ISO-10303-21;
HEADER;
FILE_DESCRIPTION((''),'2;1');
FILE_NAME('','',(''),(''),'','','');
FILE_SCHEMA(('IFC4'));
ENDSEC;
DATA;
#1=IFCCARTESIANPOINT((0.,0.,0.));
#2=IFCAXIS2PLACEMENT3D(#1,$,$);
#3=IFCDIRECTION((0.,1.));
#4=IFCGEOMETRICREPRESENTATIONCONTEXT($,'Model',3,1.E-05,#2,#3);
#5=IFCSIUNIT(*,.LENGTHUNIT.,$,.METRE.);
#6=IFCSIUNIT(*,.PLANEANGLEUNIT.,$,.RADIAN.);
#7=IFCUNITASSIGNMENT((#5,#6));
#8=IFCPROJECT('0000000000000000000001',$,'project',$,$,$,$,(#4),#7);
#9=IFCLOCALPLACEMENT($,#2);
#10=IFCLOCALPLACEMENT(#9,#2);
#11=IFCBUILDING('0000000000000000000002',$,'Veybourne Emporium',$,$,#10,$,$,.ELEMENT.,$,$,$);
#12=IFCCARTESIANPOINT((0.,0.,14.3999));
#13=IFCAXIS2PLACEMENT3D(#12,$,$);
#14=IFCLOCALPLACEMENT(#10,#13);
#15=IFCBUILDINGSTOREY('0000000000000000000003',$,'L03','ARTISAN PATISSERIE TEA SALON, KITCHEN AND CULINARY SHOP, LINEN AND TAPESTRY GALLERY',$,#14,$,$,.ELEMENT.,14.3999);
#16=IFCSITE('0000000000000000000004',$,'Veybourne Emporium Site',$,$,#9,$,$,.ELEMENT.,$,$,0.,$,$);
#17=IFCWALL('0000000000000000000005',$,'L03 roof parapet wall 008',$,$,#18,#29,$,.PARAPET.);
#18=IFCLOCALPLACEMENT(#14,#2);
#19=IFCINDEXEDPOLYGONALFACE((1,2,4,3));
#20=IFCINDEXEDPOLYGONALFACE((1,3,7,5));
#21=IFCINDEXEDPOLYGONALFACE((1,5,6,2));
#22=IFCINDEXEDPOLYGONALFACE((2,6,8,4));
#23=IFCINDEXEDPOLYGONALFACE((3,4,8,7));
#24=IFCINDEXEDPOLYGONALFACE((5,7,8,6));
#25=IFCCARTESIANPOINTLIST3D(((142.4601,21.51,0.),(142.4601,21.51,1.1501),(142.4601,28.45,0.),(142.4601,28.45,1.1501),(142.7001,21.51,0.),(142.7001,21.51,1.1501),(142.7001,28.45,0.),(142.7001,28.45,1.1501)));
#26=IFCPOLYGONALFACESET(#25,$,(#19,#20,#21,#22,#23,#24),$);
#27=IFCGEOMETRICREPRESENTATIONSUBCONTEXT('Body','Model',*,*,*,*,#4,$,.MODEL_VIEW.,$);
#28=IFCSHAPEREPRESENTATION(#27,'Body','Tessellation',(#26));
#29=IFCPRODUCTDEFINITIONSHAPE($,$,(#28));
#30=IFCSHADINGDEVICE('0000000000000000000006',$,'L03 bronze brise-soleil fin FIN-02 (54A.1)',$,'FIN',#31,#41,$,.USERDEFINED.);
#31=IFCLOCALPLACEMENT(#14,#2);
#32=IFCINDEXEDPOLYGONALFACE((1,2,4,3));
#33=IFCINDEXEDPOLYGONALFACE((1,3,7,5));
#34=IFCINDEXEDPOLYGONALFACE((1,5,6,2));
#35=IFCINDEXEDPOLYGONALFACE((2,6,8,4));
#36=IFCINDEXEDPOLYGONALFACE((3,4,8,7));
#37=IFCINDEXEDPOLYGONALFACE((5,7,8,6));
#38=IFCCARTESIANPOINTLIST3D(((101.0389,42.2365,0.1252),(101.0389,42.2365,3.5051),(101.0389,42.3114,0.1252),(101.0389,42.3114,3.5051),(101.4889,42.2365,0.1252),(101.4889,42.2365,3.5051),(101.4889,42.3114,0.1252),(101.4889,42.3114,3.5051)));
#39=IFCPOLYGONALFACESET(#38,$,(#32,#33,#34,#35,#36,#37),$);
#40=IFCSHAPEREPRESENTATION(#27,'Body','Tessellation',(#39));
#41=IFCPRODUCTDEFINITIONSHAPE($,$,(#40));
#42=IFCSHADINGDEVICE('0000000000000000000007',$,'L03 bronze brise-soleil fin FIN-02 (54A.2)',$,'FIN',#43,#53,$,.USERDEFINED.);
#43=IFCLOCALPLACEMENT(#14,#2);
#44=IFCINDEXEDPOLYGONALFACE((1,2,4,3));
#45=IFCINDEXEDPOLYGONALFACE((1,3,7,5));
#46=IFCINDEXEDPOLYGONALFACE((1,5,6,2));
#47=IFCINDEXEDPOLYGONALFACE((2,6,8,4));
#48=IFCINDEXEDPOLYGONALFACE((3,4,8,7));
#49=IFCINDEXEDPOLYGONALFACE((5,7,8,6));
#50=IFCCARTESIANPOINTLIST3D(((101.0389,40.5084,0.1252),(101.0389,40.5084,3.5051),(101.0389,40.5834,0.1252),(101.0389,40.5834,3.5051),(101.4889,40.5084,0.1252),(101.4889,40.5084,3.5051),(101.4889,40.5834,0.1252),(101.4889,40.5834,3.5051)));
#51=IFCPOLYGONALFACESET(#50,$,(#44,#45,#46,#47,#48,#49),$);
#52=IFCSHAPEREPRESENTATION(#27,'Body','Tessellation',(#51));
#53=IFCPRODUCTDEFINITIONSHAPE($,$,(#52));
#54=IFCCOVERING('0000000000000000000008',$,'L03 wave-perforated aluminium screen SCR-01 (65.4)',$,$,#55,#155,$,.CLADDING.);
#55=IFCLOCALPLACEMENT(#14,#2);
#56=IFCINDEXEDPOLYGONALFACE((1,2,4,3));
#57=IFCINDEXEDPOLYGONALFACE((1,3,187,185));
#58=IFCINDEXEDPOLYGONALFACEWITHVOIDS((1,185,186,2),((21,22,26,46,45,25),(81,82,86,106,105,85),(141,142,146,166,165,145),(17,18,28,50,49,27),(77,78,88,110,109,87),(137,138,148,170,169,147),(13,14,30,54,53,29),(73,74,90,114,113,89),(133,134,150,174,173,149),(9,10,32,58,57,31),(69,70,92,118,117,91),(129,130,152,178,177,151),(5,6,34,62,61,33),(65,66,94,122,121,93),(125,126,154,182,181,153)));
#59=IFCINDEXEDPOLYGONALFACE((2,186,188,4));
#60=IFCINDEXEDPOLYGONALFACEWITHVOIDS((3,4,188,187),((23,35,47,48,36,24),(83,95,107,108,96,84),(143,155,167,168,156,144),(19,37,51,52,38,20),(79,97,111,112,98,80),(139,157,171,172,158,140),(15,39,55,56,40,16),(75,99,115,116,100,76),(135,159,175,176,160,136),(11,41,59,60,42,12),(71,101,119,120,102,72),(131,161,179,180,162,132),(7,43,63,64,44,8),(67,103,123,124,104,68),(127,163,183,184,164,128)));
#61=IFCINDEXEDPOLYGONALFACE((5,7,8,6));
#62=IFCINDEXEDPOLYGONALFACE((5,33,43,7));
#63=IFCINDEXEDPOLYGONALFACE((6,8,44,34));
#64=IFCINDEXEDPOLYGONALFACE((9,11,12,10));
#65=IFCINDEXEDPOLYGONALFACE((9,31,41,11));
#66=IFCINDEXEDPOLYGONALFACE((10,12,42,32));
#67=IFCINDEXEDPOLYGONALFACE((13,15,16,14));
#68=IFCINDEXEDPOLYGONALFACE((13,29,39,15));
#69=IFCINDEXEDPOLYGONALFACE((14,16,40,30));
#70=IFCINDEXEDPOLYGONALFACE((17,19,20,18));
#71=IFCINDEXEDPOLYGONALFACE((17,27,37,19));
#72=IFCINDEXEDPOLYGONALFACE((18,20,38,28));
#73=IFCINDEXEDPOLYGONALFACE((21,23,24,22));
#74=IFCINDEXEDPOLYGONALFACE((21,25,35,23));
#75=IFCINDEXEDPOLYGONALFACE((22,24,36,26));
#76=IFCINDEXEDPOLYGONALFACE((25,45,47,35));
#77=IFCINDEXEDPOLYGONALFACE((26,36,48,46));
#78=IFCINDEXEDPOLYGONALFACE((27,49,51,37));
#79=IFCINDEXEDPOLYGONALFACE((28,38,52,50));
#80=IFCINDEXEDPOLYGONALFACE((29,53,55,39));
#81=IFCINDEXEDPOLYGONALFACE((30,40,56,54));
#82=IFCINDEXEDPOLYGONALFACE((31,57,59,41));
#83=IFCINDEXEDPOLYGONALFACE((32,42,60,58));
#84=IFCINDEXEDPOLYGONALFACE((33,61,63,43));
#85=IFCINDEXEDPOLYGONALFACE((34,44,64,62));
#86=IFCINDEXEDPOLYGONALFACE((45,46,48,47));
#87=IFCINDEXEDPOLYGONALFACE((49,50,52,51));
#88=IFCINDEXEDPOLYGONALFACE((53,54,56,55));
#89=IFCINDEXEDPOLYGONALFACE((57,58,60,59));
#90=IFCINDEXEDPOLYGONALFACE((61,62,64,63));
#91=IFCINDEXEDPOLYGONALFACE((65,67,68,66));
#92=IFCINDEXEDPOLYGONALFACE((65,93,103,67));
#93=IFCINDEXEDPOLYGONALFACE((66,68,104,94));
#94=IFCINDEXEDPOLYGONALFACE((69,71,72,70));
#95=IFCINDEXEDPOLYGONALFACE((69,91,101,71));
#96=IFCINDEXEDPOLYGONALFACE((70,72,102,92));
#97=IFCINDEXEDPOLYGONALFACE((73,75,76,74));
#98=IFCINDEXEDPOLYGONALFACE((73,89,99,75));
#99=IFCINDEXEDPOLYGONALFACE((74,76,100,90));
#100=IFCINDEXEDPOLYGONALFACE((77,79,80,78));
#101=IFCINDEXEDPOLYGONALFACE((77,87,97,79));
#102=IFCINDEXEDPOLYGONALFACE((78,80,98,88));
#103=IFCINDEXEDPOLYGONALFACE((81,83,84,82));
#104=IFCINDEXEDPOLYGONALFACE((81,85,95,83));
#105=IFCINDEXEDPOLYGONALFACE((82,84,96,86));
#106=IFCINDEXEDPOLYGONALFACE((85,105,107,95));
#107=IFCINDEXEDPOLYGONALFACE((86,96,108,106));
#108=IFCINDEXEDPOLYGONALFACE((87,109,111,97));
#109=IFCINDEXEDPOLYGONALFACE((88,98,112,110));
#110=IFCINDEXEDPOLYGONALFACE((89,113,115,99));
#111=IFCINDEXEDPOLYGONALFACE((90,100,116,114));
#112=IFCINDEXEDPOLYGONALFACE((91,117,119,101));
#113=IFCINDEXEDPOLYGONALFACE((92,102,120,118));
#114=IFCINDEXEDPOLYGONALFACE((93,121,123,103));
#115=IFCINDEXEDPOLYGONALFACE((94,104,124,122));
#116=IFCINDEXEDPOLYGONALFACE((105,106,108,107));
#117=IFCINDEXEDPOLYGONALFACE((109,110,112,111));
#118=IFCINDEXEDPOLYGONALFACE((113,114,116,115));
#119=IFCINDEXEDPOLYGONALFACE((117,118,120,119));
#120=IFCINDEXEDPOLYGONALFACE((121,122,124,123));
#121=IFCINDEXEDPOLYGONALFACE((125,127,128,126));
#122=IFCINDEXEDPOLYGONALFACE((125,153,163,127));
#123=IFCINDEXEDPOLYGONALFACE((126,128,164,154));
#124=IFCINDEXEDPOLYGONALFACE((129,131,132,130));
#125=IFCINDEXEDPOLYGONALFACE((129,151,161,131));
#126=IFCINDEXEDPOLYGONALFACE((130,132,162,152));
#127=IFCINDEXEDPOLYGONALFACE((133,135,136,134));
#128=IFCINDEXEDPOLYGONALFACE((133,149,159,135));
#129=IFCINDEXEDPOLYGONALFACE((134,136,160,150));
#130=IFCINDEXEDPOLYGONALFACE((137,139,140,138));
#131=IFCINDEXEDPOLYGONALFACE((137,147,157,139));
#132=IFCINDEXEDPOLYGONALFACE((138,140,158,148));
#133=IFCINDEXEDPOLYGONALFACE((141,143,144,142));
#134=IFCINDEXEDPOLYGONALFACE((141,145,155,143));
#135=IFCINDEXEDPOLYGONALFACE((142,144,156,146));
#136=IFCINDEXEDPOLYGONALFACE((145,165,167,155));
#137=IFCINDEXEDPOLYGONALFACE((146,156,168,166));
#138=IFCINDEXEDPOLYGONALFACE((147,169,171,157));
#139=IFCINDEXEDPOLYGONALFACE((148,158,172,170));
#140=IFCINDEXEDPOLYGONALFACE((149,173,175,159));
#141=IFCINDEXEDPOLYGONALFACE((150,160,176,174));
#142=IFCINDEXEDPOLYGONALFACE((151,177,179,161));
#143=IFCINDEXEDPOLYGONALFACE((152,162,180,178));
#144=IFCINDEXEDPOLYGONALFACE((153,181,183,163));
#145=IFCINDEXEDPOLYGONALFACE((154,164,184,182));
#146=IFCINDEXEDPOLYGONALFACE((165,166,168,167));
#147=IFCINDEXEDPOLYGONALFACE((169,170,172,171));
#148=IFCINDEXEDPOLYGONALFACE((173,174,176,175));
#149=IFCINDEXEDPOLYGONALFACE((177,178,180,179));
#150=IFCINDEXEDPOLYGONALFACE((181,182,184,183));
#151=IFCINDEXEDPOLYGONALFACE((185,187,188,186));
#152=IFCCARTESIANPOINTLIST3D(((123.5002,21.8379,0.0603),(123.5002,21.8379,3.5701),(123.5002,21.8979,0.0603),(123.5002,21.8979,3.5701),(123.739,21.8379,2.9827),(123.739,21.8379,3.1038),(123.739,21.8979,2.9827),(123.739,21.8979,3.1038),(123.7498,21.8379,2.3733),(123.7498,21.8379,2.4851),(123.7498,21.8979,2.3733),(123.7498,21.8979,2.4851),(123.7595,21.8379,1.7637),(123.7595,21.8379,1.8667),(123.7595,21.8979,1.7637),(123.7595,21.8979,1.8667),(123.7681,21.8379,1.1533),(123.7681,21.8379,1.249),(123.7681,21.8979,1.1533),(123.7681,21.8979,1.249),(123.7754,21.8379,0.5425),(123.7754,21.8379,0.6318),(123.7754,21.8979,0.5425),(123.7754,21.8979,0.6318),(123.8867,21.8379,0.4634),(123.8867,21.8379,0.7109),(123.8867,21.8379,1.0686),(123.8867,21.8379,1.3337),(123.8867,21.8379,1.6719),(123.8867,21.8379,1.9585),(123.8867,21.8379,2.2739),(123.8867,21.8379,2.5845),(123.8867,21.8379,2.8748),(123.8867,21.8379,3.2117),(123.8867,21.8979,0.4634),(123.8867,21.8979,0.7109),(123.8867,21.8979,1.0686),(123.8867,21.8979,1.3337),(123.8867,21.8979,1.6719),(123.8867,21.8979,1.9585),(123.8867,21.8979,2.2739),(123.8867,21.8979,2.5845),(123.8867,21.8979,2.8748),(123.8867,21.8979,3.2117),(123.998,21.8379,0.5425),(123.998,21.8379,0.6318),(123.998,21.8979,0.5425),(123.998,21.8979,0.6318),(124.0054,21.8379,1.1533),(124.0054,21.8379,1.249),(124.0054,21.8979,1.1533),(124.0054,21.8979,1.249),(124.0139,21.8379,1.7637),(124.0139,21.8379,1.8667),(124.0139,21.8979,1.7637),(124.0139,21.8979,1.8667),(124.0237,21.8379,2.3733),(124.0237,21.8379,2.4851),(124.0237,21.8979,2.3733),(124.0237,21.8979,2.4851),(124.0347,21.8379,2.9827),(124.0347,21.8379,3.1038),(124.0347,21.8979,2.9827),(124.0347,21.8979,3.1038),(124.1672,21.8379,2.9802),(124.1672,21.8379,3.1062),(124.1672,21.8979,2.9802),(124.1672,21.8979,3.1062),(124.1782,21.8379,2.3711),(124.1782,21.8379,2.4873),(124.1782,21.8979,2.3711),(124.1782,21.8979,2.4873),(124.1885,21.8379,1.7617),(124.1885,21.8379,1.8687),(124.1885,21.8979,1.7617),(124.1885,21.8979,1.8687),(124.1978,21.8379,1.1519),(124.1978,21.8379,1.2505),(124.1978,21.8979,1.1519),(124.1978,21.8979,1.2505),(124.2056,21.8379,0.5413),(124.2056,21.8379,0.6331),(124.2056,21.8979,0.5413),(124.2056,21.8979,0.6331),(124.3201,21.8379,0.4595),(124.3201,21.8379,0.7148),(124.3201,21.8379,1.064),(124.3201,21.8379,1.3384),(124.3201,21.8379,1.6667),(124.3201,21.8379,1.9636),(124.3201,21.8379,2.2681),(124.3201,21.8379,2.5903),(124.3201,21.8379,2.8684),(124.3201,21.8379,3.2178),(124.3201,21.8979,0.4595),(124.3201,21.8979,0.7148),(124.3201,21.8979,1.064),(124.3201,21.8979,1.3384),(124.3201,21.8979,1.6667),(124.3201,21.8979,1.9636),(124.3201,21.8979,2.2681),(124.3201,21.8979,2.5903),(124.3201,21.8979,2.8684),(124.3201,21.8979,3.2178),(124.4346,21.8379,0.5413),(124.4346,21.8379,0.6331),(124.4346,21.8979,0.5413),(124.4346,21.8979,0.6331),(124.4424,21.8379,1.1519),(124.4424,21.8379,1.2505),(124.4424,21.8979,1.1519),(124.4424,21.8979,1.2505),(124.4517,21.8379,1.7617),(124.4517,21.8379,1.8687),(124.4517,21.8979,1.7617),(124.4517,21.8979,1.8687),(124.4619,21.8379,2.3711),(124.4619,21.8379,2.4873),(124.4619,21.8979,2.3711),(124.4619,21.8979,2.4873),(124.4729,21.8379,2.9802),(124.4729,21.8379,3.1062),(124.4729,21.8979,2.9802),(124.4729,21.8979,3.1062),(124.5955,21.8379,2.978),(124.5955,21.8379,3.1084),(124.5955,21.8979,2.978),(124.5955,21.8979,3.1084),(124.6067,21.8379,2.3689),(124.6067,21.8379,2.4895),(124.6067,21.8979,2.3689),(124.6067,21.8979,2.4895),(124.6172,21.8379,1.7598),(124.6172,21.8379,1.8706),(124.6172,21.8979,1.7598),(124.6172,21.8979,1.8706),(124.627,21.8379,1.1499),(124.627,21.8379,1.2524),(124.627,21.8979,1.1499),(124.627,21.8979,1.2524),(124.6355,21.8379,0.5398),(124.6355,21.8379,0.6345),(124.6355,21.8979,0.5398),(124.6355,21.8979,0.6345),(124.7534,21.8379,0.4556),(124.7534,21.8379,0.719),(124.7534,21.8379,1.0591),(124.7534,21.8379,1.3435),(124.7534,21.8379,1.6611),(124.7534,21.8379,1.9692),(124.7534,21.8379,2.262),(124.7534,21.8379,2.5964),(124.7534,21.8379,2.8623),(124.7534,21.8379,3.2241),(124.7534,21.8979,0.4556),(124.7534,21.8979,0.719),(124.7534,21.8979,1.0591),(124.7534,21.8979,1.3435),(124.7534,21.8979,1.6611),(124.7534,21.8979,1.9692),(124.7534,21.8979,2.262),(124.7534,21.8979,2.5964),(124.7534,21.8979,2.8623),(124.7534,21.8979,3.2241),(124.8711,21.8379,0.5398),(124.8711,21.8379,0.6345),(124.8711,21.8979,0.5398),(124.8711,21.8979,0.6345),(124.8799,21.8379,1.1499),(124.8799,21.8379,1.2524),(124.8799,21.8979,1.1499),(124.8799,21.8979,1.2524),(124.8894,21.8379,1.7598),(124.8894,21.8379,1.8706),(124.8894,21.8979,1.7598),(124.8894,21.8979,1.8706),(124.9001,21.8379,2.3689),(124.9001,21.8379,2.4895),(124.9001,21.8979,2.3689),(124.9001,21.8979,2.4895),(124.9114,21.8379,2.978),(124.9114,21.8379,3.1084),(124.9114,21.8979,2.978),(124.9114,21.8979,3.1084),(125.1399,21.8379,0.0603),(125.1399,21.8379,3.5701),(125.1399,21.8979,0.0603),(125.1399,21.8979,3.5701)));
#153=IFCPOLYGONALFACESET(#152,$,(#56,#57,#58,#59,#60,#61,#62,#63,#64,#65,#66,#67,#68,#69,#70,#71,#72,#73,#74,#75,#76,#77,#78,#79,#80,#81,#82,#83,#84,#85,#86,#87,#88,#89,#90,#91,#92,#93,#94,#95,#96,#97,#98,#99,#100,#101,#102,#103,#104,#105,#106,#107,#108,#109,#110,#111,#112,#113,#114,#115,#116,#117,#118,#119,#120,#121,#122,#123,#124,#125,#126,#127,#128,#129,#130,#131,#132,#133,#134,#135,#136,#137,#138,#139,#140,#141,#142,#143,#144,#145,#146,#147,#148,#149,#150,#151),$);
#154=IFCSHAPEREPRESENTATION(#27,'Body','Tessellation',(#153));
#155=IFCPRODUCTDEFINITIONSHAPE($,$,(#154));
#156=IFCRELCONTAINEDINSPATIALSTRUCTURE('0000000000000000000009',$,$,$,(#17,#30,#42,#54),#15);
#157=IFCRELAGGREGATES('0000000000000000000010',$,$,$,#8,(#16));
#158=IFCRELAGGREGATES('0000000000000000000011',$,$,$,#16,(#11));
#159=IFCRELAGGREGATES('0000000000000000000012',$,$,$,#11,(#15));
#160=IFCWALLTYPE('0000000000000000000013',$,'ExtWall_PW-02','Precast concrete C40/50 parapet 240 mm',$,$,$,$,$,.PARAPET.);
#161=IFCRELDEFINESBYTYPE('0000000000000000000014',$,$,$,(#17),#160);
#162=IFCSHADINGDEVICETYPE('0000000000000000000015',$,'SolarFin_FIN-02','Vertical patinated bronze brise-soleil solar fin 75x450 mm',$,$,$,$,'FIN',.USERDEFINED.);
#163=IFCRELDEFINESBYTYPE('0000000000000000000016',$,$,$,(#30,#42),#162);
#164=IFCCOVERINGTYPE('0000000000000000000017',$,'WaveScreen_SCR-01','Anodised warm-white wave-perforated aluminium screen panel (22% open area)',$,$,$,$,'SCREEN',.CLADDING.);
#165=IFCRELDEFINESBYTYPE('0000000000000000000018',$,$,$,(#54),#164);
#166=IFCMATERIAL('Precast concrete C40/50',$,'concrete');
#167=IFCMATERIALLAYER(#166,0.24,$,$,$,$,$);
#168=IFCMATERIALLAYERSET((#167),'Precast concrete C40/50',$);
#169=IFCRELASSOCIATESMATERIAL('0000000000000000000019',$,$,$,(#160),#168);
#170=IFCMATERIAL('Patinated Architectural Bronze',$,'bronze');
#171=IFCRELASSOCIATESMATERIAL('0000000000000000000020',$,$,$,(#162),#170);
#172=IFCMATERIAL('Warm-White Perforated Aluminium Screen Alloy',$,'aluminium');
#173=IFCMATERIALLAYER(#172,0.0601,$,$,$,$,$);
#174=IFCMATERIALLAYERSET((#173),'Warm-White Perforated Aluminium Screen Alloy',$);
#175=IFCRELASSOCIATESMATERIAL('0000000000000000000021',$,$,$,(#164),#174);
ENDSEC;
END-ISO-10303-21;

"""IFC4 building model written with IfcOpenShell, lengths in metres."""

from ifc_helpers import new_model, si_unit, direction, frame, frame_2d, origin, origin_2d, place, context, subcontext, project, spatial, polyline, rectangle, outline, extrude, material, layer, layer_set, type_object, element, save


model = new_model("IFC4")

# Units and contexts
model_context = context("Model", 3, precision=1e-05, world=origin(), true_north=direction((0.0, 1.0)))
body_context = subcontext(model_context, "Body", "Model", "MODEL_VIEW")
ifc_project = project(units=[si_unit("LENGTHUNIT", "METRE"), si_unit("PLANEANGLEUNIT", "RADIAN")], contexts=[model_context])

# Site, building, storey
site_placement = place(None, origin())
site = spatial("IfcSite", under=ifc_project, at=site_placement, Name="Veybourne Emporium Site", CompositionType="ELEMENT", RefElevation=0.0)
building_placement = place(site_placement, origin())
building = spatial("IfcBuilding", under=site, at=building_placement, Name="Veybourne Emporium", CompositionType="ELEMENT")
storey_placement = place(building_placement, frame((0.0, 0.0, 14.3999)))
storey = spatial("IfcBuildingStorey", under=building, at=storey_placement, Name="L03", Description="ARTISAN PATISSERIE TEA SALON, KITCHEN AND CULINARY SHOP, LINEN AND TAPESTRY GALLERY", CompositionType="ELEMENT", Elevation=14.3999)

# Wall
ifc_material_1 = material(Name="Precast concrete C40/50", Category="concrete")
ifc_layer_1 = layer(ifc_material_1, 0.24)
ifc_layer_set_1 = layer_set([ifc_layer_1], Name="Precast concrete C40/50")
wall_type_1 = type_object("IfcWallType", Name="ExtWall_PW-02", Description="Precast concrete C40/50 parapet 240 mm", PredefinedType="PARAPET", material=ifc_layer_set_1)
wall_1_placement = place(storey_placement, frame((142.5801, 28.45, 0.0), z_axis=(0.0, 0.0, 1.0), x_axis=(0.0, -1.0, 0.0)))
element("IfcWall", 1, at=wall_1_placement, inside=storey, type_object=wall_type_1, Name="L03 roof parapet wall 008", PredefinedType="PARAPET", context=body_context, shape_type="SweptSolid", body=[
    extrude(rectangle(XDim=6.9399, YDim=0.24, at=frame_2d((3.47, 0.0))), origin(), (0.0, 0.0, 1.0), 1.1501),
])

# Shading devices
ifc_material_2 = material(Name="Patinated Architectural Bronze", Category="bronze")
shading_device_type = type_object("IfcShadingDeviceType", Name="SolarFin_FIN-02", Description="Vertical patinated bronze brise-soleil solar fin 75x450 mm", ElementType="FIN", PredefinedType="USERDEFINED", material=ifc_material_2)
for number, where, z_axis, x_axis, name in (
    (2, (101.2639, 42.2739, 0.1252), (0.0, 0.0, 1.0), (0.0, -1.0, 0.0), "L03 bronze brise-soleil fin FIN-02 (54A.1)"),
    (3, (101.2639, 40.5459, 0.1252), (0.0, 0.0, 1.0), (0.0, -1.0, 0.0), "L03 bronze brise-soleil fin FIN-02 (54A.2)"),
):
    element("IfcShadingDevice", number, at=place(storey_placement, frame(where, z_axis=z_axis, x_axis=x_axis)), inside=storey, type_object=shading_device_type, Name=name, ObjectType="FIN", PredefinedType="USERDEFINED", context=body_context, shape_type="SweptSolid", body=[
        extrude(rectangle(XDim=0.075, YDim=0.45, at=origin_2d()), origin(), (0.0, 0.0, 1.0), 3.3799),
    ])

# Covering
ifc_material_3 = material(Name="Warm-White Perforated Aluminium Screen Alloy", Category="aluminium")
ifc_layer_2 = layer(ifc_material_3, 0.0601)
ifc_layer_set_2 = layer_set([ifc_layer_2], Name="Warm-White Perforated Aluminium Screen Alloy")
covering_type_1 = type_object("IfcCoveringType", Name="WaveScreen_SCR-01", Description="Anodised warm-white wave-perforated aluminium screen panel (22% open area)", ElementType="SCREEN", PredefinedType="CLADDING", material=ifc_layer_set_2)
covering_1_placement = place(storey_placement, frame((124.3201, 21.8979, 1.8152), z_axis=(0.0, -1.0, 0.0), x_axis=(1.0, 0.0, 0.0)))
element("IfcCovering", 4, at=covering_1_placement, inside=storey, type_object=covering_type_1, Name="L03 wave-perforated aluminium screen SCR-01 (65.4)", PredefinedType="CLADDING", context=body_context, shape_type="SweptSolid", body=[
    extrude(outline(polyline([(-0.8198, -1.7549), (0.8198, -1.7549), (0.8198, 1.7549), (-0.8198, 1.7549), (-0.8198, -1.7549)]), holes=[polyline([(-0.4333, -1.1042), (-0.322, -1.1833), (-0.322, -1.2727), (-0.4333, -1.3518), (-0.5447, -1.2727), (-0.5447, -1.1833), (-0.4333, -1.1042)]), polyline([(-0.4333, -0.4814), (-0.3147, -0.5662), (-0.3147, -0.6619), (-0.4333, -0.7466), (-0.552, -0.6619), (-0.552, -0.5662), (-0.4333, -0.4814)]), polyline([(-0.4333, 0.1433), (-0.3062, 0.0515), (-0.3062, -0.0515), (-0.4333, -0.1433), (-0.5605, -0.0515), (-0.5605, 0.0515), (-0.4333, 0.1433)]), polyline([(-0.4333, 0.7693), (-0.2964, 0.6699), (-0.2964, 0.5581), (-0.4333, 0.4587), (-0.5703, 0.5581), (-0.5703, 0.6699), (-0.4333, 0.7693)]), polyline([(-0.4333, 1.3965), (-0.2854, 1.2886), (-0.2854, 1.1675), (-0.4333, 1.0596), (-0.5811, 1.1675), (-0.5811, 1.2886), (-0.4333, 1.3965)]), polyline([(0.0, -1.1003), (0.1145, -1.1821), (0.1145, -1.2739), (0.0, -1.3557), (-0.1145, -1.2739), (-0.1145, -1.1821), (0.0, -1.1003)]), polyline([(0.0, -0.4768), (0.1223, -0.5647), (0.1223, -0.6633), (0.0, -0.7512), (-0.1223, -0.6633), (-0.1223, -0.5647), (0.0, -0.4768)]), polyline([(0.0, 0.1484), (0.1316, 0.0535), (0.1316, -0.0535), (0.0, -0.1484), (-0.1316, -0.0535), (-0.1316, 0.0535), (0.0, 0.1484)]), polyline([(0.0, 0.7751), (0.1418, 0.6721), (0.1418, 0.5559), (0.0, 0.4529), (-0.1418, 0.5559), (-0.1418, 0.6721), (0.0, 0.7751)]), polyline([(0.0, 1.4026), (0.1528, 1.291), (0.1528, 1.165), (0.0, 1.0532), (-0.1528, 1.165), (-0.1528, 1.291), (0.0, 1.4026)]), polyline([(0.4333, -1.0962), (0.551, -1.1807), (0.551, -1.2754), (0.4333, -1.3596), (0.3154, -1.2754), (0.3154, -1.1807), (0.4333, -1.0962)]), polyline([(0.4333, -0.4717), (0.5598, -0.5627), (0.5598, -0.6653), (0.4333, -0.7561), (0.3069, -0.6653), (0.3069, -0.5627), (0.4333, -0.4717)]), polyline([(0.4333, 0.1541), (0.5693, 0.0554), (0.5693, -0.0554), (0.4333, -0.1541), (0.2971, -0.0554), (0.2971, 0.0554), (0.4333, 0.1541)]), polyline([(0.4333, 0.7812), (0.5801, 0.6743), (0.5801, 0.5537), (0.4333, 0.4468), (0.2866, 0.5537), (0.2866, 0.6743), (0.4333, 0.7812)]), polyline([(0.4333, 1.4089), (0.5913, 1.2932), (0.5913, 1.1628), (0.4333, 1.0471), (0.2754, 1.1628), (0.2754, 1.2932), (0.4333, 1.4089)])]), origin(), (0.0, 0.0, 1.0), 0.0601),
])

save(model, "model.ifc")
